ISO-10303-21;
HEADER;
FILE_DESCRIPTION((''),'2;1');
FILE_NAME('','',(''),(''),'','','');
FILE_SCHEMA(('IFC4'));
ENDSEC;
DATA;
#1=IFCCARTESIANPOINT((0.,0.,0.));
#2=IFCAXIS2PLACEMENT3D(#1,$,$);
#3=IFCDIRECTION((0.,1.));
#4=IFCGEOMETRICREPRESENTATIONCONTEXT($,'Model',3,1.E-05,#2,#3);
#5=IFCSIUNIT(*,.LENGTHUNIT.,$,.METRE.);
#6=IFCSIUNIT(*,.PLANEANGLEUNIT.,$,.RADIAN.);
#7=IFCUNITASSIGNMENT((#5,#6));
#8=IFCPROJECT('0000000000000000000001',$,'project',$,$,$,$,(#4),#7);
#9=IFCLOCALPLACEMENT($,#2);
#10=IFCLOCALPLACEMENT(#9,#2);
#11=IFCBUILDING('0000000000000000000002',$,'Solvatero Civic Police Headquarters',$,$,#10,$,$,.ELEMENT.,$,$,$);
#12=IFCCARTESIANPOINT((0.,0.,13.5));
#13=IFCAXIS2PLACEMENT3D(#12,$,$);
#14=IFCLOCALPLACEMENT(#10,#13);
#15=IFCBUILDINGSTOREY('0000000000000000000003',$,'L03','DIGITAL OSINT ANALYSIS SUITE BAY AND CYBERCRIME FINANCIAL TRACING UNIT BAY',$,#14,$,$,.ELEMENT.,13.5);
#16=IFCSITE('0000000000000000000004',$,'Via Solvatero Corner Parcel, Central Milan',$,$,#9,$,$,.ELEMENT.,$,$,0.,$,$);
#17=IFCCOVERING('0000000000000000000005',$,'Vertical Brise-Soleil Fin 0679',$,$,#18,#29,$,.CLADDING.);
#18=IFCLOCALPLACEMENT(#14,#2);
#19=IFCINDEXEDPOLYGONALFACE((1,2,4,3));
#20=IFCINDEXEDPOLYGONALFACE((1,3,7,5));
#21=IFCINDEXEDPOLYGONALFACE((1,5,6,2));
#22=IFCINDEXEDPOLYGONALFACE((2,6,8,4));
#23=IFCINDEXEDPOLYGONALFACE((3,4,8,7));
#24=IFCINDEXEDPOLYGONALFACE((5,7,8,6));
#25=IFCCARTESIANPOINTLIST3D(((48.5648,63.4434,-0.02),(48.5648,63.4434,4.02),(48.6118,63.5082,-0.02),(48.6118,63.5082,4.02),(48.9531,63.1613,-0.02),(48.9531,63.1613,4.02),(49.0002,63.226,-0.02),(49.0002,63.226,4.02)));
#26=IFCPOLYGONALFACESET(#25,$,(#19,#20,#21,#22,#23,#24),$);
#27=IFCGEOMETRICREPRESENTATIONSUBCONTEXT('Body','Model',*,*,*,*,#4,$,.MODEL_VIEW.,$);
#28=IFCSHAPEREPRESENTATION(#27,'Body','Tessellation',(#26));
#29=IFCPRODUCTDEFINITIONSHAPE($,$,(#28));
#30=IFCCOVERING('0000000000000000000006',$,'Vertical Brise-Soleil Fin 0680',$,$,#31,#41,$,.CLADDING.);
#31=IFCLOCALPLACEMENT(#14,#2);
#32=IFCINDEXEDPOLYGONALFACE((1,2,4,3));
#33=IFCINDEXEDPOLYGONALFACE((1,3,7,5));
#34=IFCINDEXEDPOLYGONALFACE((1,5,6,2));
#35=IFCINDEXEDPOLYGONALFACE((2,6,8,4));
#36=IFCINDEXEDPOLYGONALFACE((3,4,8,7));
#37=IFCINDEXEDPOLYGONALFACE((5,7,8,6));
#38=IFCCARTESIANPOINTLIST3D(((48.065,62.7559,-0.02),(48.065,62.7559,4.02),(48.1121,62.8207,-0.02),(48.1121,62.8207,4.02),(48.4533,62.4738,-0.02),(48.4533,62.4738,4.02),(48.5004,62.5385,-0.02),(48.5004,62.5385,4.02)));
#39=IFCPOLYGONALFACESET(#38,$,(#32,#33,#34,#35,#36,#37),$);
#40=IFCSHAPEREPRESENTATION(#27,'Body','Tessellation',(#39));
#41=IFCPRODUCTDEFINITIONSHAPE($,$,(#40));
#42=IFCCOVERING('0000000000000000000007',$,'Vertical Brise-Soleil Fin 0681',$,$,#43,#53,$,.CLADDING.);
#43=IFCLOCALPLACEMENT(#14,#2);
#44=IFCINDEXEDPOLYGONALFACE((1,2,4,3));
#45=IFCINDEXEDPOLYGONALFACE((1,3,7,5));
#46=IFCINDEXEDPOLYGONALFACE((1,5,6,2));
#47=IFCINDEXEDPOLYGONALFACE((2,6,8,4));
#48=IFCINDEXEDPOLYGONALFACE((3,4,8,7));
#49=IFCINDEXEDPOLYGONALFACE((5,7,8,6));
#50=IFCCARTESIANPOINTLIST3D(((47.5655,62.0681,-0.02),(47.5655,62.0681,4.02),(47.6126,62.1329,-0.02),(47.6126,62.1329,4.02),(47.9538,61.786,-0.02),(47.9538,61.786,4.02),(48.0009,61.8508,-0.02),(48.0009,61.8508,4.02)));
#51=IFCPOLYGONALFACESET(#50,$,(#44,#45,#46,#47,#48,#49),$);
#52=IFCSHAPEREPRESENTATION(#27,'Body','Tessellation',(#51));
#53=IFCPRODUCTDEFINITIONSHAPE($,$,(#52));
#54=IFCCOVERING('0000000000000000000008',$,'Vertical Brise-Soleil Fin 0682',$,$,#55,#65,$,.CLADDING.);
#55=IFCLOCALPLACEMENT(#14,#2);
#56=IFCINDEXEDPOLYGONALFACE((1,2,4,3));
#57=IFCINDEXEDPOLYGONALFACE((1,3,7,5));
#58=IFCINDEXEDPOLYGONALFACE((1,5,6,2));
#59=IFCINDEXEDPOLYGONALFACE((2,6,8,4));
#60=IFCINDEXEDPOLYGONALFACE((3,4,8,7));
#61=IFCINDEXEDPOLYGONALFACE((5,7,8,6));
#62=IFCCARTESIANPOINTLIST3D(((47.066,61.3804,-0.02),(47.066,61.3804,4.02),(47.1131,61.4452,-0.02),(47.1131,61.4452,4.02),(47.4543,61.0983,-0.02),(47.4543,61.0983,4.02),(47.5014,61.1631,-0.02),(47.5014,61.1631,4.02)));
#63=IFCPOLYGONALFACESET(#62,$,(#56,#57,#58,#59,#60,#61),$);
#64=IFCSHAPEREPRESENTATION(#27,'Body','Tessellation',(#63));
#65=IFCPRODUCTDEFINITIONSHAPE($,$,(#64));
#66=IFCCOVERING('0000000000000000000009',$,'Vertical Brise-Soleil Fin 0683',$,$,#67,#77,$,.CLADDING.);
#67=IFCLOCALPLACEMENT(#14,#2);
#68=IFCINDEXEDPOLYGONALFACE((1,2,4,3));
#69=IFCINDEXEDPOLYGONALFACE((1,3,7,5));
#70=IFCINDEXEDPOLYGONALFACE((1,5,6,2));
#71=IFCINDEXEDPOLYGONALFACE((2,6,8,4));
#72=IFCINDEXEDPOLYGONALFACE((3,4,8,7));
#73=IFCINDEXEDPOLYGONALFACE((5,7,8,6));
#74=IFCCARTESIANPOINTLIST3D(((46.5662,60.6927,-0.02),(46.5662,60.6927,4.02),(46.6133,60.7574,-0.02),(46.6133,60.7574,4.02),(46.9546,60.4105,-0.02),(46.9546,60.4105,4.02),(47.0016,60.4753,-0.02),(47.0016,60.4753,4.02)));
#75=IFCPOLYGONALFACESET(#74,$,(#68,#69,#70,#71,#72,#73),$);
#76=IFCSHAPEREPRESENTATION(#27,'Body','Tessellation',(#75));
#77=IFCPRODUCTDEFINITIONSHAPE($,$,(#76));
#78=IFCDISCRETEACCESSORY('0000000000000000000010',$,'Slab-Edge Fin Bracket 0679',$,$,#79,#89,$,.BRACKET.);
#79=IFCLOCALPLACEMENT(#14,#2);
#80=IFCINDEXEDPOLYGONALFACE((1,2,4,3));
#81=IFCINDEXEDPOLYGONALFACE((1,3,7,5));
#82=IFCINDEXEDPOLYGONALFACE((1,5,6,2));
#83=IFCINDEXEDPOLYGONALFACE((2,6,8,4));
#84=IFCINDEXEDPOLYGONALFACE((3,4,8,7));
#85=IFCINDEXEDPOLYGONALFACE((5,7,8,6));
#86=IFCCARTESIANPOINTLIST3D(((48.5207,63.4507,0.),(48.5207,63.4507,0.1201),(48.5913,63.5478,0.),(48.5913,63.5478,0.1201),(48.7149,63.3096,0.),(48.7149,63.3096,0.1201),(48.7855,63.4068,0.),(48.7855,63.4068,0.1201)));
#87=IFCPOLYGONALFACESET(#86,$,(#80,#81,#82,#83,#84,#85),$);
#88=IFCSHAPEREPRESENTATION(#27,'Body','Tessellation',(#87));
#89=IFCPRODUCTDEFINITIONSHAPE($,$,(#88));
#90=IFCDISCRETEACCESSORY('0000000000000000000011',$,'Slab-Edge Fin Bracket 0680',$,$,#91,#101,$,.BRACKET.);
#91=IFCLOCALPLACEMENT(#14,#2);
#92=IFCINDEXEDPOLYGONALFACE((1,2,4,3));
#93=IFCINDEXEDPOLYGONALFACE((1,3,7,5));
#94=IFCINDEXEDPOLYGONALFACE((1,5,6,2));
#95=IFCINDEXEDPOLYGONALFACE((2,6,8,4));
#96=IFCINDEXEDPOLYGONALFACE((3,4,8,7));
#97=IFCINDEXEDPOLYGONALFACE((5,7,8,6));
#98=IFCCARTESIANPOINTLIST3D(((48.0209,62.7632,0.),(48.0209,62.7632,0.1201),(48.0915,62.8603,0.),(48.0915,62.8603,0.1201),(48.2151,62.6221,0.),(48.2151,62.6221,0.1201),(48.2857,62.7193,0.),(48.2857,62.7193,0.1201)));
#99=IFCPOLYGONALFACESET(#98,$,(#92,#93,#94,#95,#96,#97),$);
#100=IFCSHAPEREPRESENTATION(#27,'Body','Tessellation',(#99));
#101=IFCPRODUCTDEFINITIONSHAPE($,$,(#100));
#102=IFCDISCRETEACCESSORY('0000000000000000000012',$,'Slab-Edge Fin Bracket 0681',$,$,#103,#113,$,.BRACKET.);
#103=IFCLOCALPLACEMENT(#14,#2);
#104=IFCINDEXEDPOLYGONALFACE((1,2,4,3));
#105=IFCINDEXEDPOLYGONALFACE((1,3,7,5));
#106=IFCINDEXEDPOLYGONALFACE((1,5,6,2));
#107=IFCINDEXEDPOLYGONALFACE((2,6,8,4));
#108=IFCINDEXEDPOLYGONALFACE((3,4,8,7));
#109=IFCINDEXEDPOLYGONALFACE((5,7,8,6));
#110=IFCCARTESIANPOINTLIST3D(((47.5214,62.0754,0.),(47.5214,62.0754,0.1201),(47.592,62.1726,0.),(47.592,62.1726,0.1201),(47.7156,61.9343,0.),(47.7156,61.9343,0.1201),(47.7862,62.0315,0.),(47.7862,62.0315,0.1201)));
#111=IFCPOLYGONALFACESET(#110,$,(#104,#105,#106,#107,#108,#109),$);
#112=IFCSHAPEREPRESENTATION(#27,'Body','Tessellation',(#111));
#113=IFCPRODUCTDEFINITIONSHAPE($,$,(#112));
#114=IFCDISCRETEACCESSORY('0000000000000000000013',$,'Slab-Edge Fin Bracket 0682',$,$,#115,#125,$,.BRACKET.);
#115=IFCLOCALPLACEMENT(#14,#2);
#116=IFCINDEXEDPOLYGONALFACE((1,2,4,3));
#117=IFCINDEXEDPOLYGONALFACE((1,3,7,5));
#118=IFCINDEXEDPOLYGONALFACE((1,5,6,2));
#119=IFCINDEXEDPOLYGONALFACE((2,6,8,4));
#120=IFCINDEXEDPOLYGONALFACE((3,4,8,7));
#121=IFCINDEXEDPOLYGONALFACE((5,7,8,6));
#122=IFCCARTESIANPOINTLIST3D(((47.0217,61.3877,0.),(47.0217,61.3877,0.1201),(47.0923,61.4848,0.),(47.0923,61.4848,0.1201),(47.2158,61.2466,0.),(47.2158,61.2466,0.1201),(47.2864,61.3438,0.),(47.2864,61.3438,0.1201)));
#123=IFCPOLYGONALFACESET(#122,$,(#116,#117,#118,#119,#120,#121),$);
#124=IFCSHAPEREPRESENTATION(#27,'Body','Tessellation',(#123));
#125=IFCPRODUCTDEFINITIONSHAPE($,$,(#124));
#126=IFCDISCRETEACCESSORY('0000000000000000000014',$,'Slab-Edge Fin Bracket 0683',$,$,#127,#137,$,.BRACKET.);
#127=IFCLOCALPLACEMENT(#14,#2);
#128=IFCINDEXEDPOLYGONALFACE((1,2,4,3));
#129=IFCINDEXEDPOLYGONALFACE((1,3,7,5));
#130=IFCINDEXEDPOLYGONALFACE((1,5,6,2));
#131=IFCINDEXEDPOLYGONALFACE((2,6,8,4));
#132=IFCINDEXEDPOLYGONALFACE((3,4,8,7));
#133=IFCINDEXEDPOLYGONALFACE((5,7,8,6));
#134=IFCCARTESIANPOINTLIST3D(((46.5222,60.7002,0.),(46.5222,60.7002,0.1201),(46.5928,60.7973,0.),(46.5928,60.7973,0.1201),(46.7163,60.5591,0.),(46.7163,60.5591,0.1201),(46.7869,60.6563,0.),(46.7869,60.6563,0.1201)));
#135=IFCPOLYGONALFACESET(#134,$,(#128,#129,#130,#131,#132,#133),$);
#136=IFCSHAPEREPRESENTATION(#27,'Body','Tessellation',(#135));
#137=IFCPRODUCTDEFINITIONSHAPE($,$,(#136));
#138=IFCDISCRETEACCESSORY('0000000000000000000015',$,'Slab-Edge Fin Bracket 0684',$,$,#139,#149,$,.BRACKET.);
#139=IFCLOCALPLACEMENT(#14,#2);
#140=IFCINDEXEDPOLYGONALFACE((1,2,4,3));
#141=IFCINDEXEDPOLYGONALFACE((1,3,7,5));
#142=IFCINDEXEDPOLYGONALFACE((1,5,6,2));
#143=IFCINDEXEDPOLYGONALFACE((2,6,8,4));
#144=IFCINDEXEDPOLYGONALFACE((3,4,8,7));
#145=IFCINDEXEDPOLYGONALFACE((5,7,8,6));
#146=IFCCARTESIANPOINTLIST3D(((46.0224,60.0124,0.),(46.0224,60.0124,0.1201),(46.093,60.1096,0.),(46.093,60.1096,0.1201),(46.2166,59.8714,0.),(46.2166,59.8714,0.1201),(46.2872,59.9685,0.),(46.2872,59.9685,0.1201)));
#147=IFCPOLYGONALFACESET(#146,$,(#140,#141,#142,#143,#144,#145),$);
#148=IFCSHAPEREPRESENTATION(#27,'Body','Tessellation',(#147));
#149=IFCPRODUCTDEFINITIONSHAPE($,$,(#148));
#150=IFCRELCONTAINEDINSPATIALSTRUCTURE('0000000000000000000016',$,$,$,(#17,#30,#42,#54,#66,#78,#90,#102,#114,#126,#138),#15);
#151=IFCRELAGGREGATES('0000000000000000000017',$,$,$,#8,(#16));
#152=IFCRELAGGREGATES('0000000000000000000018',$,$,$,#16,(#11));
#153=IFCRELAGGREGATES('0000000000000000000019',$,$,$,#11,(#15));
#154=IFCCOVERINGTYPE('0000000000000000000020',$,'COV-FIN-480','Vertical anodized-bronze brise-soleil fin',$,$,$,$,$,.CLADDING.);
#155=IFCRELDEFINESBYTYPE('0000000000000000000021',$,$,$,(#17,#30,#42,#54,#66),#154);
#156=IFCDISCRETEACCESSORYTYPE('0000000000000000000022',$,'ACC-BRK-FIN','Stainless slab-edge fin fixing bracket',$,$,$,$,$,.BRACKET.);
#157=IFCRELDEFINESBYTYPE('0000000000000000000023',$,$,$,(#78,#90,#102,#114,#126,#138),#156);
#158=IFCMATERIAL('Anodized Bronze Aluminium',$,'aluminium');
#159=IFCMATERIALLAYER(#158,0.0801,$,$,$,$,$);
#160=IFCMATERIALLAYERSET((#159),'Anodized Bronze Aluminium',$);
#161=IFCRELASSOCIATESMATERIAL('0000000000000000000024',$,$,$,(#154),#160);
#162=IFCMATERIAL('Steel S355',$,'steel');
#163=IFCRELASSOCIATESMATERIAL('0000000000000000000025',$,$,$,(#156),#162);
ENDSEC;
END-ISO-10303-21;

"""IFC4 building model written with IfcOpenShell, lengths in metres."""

from ifc_helpers import new_model, si_unit, direction, frame, origin, origin_2d, place, context, subcontext, project, spatial, rectangle, extrude, material, layer, layer_set, type_object, element, save


model = new_model("IFC4")

# Units and contexts
model_context = context("Model", 3, precision=1e-05, world=origin(), true_north=direction((0.0, 1.0)))
body_context = subcontext(model_context, "Body", "Model", "MODEL_VIEW")
ifc_project = project(units=[si_unit("LENGTHUNIT", "METRE"), si_unit("PLANEANGLEUNIT", "RADIAN")], contexts=[model_context])

# Site, building, storey
site_placement = place(None, origin())
site = spatial("IfcSite", under=ifc_project, at=site_placement, Name="Via Solvatero Corner Parcel, Central Milan", CompositionType="ELEMENT", RefElevation=0.0)
building_placement = place(site_placement, origin())
building = spatial("IfcBuilding", under=site, at=building_placement, Name="Solvatero Civic Police Headquarters", CompositionType="ELEMENT")
storey_placement = place(building_placement, frame((0.0, 0.0, 13.5)))
storey = spatial("IfcBuildingStorey", under=building, at=storey_placement, Name="L03", Description="DIGITAL OSINT ANALYSIS SUITE BAY AND CYBERCRIME FINANCIAL TRACING UNIT BAY", CompositionType="ELEMENT", Elevation=13.5)

# Shared definitions
ifc_material_1 = material(Name="Anodized Bronze Aluminium", Category="aluminium")

# Coverings
ifc_layer_1 = layer(ifc_material_1, 0.0801)
ifc_layer_set_1 = layer_set([ifc_layer_1], Name="Anodized Bronze Aluminium")
covering_type = type_object("IfcCoveringType", Name="COV-FIN-480", Description="Vertical anodized-bronze brise-soleil fin", PredefinedType="CLADDING", material=ifc_layer_set_1)
for number, where, z_axis, x_axis, name in (
    (1, (48.7825, 63.3347, -0.02), (0.0, 0.0, 1.0), (-0.587785, -0.809017, 0.0), "Vertical Brise-Soleil Fin 0679"),
    (2, (48.2827, 62.6472, -0.02), (0.0, 0.0, 1.0), (-0.587785, -0.809017, 0.0), "Vertical Brise-Soleil Fin 0680"),
    (3, (47.7832, 61.9595, -0.02), (0.0, 0.0, 1.0), (-0.587785, -0.809017, 0.0), "Vertical Brise-Soleil Fin 0681"),
    (4, (47.2837, 61.2717, -0.02), (0.0, 0.0, 1.0), (-0.587785, -0.809017, 0.0), "Vertical Brise-Soleil Fin 0682"),
    (5, (46.7839, 60.584, -0.02), (0.0, 0.0, 1.0), (-0.587785, -0.809017, 0.0), "Vertical Brise-Soleil Fin 0683"),
):
    element("IfcCovering", number, at=place(storey_placement, frame(where, z_axis=z_axis, x_axis=x_axis)), inside=storey, type_object=covering_type, Name=name, PredefinedType="CLADDING", context=body_context, shape_type="SweptSolid", body=[
        extrude(rectangle(XDim=0.0801, YDim=0.48, at=origin_2d()), origin(), (0.0, 0.0, 1.0), 4.04),
    ])

# Discrete accessories
ifc_material_2 = material(Name="Steel S355", Category="steel")
discrete_accessory_type = type_object("IfcDiscreteAccessoryType", Name="ACC-BRK-FIN", Description="Stainless slab-edge fin fixing bracket", PredefinedType="BRACKET", material=ifc_material_2)
for number, where, z_axis, x_axis, name in (
    (6, (48.6531, 63.4287, 0.0), (0.0, 0.0, 1.0), (-0.587785, -0.809017, 0.0), "Slab-Edge Fin Bracket 0679"),
    (7, (48.1533, 62.7412, 0.0), (0.0, 0.0, 1.0), (-0.587785, -0.809017, 0.0), "Slab-Edge Fin Bracket 0680"),
    (8, (47.6538, 62.0535, 0.0), (0.0, 0.0, 1.0), (-0.587785, -0.809017, 0.0), "Slab-Edge Fin Bracket 0681"),
    (9, (47.1541, 61.3657, 0.0), (0.0, 0.0, 1.0), (-0.587785, -0.809017, 0.0), "Slab-Edge Fin Bracket 0682"),
    (10, (46.6545, 60.6782, 0.0), (0.0, 0.0, 1.0), (-0.587785, -0.809017, 0.0), "Slab-Edge Fin Bracket 0683"),
    (11, (46.1548, 59.9905, 0.0), (0.0, 0.0, 1.0), (-0.587785, -0.809017, 0.0), "Slab-Edge Fin Bracket 0684"),
):
    element("IfcDiscreteAccessory", number, at=place(storey_placement, frame(where, z_axis=z_axis, x_axis=x_axis)), inside=storey, type_object=discrete_accessory_type, Name=name, PredefinedType="BRACKET", context=body_context, shape_type="SweptSolid", body=[
        extrude(rectangle(XDim=0.1201, YDim=0.24, at=origin_2d()), origin(), (0.0, 0.0, 1.0), 0.1201),
    ])

save(model, "model.ifc")
